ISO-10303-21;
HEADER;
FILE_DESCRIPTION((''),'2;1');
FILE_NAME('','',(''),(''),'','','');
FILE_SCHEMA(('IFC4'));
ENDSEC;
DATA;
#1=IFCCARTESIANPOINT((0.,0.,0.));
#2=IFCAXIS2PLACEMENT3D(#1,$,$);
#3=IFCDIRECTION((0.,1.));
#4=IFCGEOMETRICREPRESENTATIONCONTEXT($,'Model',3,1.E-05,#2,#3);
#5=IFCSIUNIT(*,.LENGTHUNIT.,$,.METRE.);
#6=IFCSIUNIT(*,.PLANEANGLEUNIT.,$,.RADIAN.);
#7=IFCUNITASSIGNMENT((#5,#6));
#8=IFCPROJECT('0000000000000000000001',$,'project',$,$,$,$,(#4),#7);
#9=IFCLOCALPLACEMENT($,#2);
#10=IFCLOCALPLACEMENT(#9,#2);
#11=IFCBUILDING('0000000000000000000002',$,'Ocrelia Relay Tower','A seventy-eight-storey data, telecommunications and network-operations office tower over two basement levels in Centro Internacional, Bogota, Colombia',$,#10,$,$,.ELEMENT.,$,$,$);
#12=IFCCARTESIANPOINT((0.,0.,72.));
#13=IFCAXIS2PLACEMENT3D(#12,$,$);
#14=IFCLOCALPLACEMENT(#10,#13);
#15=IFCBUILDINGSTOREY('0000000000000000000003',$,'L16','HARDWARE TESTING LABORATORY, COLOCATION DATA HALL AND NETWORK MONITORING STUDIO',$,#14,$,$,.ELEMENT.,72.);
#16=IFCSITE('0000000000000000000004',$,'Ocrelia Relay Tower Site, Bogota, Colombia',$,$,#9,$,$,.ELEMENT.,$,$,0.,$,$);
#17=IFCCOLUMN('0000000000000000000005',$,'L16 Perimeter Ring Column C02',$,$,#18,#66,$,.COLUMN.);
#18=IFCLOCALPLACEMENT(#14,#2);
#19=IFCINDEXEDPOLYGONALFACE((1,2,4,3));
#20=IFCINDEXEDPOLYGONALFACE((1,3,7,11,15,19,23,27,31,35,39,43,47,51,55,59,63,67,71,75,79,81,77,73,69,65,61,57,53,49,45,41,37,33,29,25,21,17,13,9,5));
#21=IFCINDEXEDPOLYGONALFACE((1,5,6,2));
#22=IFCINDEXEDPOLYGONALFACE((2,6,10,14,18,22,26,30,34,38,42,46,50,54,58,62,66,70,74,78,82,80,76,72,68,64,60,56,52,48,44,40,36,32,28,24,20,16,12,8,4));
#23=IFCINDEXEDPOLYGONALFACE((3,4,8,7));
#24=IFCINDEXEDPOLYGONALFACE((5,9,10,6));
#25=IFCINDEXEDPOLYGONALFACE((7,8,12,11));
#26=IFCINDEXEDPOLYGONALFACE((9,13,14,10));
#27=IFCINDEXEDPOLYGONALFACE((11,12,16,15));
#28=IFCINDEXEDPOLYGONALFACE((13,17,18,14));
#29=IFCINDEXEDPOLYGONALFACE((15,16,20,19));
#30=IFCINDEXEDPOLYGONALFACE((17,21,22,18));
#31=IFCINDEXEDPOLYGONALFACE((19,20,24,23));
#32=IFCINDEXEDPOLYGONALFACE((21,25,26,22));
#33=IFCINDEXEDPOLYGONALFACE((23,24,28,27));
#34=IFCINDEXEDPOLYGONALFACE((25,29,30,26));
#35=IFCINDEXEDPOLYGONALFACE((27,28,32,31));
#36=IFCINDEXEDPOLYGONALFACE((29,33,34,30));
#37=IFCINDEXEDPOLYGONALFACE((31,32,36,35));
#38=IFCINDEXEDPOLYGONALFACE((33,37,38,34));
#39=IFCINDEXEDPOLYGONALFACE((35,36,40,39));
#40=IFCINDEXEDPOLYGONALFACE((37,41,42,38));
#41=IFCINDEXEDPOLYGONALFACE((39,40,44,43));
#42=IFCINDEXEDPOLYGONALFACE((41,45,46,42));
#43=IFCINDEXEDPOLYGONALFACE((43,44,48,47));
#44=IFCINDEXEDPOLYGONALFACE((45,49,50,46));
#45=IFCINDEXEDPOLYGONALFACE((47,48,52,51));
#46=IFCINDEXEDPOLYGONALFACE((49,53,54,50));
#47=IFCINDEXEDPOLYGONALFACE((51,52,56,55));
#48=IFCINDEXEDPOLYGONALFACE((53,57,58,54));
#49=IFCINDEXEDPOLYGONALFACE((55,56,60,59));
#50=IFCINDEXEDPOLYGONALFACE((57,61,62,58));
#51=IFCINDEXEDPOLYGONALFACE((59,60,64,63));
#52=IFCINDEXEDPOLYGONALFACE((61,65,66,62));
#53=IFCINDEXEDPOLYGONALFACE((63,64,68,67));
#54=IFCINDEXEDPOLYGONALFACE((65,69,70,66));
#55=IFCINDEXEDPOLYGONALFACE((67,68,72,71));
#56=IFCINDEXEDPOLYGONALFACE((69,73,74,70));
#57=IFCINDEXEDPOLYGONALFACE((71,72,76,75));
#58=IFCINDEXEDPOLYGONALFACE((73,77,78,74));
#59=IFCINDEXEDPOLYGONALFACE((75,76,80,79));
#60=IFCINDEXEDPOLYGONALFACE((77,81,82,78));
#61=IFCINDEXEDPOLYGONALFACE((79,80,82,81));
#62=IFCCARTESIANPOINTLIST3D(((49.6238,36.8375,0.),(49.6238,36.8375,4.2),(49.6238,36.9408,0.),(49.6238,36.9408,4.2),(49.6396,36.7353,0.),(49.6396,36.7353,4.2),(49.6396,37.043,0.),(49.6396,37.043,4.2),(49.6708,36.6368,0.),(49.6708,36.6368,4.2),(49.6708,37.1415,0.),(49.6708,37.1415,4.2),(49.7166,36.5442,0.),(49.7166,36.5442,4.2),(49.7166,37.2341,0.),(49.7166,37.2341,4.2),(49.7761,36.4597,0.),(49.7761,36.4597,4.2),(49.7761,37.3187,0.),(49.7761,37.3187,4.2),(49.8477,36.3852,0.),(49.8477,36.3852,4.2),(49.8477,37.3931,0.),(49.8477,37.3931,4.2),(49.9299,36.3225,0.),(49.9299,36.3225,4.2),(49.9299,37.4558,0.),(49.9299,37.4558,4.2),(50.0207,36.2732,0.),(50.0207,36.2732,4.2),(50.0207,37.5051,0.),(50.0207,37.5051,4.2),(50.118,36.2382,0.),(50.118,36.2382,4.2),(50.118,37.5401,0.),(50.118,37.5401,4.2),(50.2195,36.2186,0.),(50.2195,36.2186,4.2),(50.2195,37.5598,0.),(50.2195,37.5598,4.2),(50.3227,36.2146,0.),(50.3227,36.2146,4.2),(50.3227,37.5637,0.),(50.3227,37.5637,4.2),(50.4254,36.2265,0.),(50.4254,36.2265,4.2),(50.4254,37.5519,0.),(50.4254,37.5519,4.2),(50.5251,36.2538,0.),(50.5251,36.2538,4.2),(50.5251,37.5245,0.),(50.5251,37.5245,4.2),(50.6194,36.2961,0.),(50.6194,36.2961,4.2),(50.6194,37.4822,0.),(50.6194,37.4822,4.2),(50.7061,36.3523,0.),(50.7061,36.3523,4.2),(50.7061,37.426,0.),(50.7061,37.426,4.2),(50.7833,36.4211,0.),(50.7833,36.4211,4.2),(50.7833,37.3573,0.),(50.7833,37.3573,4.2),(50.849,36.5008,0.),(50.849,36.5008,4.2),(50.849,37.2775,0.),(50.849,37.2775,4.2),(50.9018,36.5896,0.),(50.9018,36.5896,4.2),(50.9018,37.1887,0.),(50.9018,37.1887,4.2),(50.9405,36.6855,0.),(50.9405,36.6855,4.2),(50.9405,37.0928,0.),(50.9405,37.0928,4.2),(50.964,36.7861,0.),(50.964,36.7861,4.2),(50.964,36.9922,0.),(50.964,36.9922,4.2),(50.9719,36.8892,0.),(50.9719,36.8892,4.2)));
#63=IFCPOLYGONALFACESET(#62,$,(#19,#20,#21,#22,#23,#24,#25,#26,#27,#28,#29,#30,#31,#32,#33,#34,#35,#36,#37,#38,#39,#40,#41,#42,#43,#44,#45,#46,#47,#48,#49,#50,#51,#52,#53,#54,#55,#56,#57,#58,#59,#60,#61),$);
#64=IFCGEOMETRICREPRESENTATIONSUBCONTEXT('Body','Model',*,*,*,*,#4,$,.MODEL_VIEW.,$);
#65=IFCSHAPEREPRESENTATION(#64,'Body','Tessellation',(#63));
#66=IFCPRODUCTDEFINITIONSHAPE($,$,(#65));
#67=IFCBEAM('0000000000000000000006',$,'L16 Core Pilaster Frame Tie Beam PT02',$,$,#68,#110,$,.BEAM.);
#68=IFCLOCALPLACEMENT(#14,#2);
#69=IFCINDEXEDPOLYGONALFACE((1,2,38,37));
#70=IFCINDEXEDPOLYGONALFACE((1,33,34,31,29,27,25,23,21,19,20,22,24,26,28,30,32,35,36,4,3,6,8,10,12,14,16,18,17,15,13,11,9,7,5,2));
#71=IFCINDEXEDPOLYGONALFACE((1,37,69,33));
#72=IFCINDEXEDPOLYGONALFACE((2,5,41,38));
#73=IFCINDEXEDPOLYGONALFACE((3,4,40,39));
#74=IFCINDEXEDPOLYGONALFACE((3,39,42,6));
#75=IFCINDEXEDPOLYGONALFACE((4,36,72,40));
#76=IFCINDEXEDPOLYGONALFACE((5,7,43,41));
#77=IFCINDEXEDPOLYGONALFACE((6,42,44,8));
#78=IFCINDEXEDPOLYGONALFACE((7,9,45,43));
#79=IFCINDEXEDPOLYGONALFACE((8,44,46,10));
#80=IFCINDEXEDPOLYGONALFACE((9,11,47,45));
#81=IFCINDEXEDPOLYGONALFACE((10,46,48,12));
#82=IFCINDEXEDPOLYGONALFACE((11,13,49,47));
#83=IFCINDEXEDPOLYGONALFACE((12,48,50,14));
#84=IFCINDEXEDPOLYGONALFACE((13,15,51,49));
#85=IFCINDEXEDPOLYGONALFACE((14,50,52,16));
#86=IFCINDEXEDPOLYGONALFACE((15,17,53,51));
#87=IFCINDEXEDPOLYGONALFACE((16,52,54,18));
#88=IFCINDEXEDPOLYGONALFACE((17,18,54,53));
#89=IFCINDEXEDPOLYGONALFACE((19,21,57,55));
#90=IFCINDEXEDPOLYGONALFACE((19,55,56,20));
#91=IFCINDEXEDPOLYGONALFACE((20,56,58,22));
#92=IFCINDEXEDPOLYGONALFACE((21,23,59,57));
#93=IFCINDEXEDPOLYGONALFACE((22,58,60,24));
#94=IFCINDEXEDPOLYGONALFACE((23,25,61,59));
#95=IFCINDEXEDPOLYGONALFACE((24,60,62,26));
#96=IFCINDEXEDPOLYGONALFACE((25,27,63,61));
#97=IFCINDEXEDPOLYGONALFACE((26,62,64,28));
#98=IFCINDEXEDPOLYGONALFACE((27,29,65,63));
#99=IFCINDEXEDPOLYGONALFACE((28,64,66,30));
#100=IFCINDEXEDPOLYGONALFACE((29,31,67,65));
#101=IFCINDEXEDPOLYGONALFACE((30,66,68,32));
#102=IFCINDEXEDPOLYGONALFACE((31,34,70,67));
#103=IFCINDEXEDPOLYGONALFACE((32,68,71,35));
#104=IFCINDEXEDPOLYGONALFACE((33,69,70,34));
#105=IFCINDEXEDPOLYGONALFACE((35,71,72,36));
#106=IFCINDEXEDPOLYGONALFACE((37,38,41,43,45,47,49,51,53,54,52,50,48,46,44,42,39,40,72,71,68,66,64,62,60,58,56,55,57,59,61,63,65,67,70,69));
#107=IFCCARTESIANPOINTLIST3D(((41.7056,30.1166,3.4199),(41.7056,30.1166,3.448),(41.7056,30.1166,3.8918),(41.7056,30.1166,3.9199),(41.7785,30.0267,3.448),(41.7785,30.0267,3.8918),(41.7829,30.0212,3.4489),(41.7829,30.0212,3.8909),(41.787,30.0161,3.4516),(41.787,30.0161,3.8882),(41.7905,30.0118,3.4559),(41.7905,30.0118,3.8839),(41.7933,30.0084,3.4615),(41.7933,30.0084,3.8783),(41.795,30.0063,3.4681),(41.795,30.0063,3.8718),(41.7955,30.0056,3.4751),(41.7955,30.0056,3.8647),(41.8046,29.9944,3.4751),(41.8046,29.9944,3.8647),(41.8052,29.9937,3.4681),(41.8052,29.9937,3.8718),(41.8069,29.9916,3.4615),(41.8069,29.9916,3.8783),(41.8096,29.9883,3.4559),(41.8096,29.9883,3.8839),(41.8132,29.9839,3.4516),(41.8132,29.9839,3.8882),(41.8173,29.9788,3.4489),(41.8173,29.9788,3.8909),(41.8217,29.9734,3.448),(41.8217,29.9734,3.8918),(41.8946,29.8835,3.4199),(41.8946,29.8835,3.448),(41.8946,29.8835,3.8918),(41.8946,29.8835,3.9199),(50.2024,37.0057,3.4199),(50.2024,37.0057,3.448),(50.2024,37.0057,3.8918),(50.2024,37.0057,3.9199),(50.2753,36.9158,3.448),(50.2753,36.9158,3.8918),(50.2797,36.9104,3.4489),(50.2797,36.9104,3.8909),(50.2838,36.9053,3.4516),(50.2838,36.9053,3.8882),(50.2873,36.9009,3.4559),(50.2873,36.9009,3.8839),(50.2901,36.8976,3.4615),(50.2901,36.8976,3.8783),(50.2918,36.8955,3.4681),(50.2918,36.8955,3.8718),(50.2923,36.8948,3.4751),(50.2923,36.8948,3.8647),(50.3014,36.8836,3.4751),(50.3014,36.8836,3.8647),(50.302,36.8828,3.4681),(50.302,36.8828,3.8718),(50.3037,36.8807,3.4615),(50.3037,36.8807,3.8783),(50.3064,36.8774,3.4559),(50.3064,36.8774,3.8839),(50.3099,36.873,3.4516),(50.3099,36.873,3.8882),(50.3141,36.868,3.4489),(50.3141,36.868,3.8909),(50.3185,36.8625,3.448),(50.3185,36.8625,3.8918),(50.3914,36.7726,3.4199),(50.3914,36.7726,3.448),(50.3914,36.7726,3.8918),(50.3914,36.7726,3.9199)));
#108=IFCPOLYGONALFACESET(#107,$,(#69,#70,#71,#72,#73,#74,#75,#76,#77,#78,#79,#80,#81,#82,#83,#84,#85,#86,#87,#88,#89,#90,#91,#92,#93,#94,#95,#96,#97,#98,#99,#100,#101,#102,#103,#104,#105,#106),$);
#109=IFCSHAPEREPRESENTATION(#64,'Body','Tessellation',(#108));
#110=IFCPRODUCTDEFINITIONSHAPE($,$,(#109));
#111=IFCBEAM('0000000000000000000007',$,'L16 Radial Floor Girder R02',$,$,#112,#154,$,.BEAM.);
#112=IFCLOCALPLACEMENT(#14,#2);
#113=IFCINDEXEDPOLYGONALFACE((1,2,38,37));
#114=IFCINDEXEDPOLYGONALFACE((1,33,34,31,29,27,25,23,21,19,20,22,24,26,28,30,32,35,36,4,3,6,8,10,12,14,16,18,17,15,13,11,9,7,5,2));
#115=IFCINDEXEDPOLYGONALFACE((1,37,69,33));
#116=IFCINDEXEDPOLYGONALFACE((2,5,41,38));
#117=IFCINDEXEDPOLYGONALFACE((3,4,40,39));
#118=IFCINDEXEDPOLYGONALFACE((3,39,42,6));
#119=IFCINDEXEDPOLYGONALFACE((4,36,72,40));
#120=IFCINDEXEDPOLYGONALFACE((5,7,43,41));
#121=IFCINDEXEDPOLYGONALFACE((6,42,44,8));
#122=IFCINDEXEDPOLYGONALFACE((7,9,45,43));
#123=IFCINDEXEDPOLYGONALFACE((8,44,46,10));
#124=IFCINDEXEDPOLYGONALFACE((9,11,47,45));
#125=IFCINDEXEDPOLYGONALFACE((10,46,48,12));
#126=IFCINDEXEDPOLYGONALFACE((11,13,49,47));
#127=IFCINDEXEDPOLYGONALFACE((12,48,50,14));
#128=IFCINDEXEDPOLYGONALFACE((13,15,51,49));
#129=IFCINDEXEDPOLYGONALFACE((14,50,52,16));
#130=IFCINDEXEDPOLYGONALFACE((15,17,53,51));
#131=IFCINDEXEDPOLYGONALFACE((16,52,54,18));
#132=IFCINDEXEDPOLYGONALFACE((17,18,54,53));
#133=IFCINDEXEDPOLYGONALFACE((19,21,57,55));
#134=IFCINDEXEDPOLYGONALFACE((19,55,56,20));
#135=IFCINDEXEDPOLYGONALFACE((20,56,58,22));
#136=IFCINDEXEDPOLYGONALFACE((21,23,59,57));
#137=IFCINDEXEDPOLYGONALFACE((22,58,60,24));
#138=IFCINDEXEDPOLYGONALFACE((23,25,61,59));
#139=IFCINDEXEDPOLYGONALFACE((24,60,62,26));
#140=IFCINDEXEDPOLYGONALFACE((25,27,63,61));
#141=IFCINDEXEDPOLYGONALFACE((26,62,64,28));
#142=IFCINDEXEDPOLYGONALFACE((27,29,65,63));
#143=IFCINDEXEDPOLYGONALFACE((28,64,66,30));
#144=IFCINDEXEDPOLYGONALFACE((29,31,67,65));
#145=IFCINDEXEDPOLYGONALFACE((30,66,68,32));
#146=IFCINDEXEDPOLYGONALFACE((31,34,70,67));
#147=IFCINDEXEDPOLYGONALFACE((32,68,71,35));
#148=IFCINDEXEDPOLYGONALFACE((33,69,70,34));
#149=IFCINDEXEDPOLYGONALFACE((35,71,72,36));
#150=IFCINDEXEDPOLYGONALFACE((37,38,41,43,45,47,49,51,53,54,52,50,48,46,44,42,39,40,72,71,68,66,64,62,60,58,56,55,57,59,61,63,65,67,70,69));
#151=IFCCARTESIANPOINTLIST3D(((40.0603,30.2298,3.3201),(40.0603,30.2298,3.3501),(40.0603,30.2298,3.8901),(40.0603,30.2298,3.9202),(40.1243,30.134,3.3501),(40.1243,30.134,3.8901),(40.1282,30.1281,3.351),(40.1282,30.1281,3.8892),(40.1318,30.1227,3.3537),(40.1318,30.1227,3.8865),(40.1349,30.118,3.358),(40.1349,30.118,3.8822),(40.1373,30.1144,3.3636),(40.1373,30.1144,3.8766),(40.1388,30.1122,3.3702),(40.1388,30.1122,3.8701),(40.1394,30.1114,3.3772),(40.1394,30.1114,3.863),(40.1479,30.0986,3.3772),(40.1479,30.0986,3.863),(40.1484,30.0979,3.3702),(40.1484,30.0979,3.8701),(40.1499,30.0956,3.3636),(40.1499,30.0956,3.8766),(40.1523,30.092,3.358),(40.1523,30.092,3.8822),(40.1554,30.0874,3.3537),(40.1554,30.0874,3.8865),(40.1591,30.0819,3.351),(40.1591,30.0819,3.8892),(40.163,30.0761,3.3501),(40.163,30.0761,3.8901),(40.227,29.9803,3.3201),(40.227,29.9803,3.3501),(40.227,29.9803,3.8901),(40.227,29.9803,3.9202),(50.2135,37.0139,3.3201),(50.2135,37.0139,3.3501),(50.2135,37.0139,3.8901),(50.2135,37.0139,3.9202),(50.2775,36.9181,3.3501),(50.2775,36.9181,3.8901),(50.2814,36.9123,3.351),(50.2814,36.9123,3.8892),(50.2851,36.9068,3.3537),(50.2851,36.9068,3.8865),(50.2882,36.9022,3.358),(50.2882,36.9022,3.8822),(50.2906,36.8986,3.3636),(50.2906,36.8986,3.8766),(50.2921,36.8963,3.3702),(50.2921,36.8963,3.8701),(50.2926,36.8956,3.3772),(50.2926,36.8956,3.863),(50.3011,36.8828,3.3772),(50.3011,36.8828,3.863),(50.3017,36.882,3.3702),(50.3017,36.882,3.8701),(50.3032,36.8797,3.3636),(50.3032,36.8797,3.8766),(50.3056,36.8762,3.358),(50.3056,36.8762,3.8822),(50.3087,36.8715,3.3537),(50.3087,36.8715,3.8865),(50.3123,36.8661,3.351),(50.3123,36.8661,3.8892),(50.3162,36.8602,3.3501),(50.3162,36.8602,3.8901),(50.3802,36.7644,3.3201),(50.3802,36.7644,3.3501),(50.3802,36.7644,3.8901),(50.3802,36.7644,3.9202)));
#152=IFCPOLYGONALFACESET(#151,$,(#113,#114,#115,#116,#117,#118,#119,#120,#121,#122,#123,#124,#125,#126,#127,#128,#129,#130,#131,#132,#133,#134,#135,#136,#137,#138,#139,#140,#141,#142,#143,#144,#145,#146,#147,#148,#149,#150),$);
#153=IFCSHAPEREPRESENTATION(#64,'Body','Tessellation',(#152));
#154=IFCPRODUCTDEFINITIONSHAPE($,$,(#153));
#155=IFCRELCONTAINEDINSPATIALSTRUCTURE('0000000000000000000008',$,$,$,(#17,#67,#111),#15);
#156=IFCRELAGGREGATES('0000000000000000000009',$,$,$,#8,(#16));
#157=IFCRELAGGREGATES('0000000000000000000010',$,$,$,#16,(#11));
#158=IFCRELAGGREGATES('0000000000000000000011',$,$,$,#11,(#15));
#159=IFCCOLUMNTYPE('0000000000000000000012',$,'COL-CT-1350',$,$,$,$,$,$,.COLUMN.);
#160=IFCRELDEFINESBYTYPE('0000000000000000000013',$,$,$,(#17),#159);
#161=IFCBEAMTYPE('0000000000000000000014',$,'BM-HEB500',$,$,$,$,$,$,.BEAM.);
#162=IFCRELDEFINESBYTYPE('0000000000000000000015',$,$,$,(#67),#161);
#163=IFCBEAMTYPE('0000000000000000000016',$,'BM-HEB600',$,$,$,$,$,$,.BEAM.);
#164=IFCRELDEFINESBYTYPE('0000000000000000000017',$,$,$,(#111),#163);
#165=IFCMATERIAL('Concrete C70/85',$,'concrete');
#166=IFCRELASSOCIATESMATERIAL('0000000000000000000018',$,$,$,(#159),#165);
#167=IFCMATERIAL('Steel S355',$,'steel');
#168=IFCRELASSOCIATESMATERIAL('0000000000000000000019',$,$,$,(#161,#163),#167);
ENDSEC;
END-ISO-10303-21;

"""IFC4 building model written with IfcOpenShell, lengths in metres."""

from ifc_helpers import new_model, si_unit, direction, frame, origin, origin_2d, place, context, subcontext, project, spatial, circle, i_section, extrude, material, material_profile, profile_set, type_object, element, save


model = new_model("IFC4")

# Units and contexts
model_context = context("Model", 3, precision=1e-05, world=origin(), true_north=direction((0.0, 1.0)))
body_context = subcontext(model_context, "Body", "Model", "MODEL_VIEW")
ifc_project = project(units=[si_unit("LENGTHUNIT", "METRE"), si_unit("PLANEANGLEUNIT", "RADIAN")], contexts=[model_context])

# Site, building, storey
site_placement = place(None, origin())
site = spatial("IfcSite", under=ifc_project, at=site_placement, Name="Ocrelia Relay Tower Site, Bogota, Colombia", CompositionType="ELEMENT", RefElevation=0.0)
building_placement = place(site_placement, origin())
building = spatial("IfcBuilding", under=site, at=building_placement, Name="Ocrelia Relay Tower", Description="A seventy-eight-storey data, telecommunications and network-operations office tower over two basement levels in Centro Internacional, Bogota, Colombia", CompositionType="ELEMENT")
storey_placement = place(building_placement, frame((0.0, 0.0, 72.0)))
storey = spatial("IfcBuildingStorey", under=building, at=storey_placement, Name="L16", Description="HARDWARE TESTING LABORATORY, COLOCATION DATA HALL AND NETWORK MONITORING STUDIO", CompositionType="ELEMENT", Elevation=72.0)

# Column
ifc_material_1 = material(Name="Concrete C70/85", Category="concrete")
ifc_material_profile_1 = material_profile(ifc_material_1, circle(Radius=0.675, at=origin_2d()), Name="RC-CIR-1350")
ifc_profile_set_1 = profile_set([ifc_material_profile_1], Name="Concrete C70/85")
column_type = type_object("IfcColumnType", Name="COL-CT-1350", PredefinedType="COLUMN", material=ifc_profile_set_1)
column_placement = place(storey_placement, frame((50.2969, 36.8892, 0.0), z_axis=(0.0, 0.0, 1.0), x_axis=(1.0, 0.0, 0.0)))
element("IfcColumn", 1, at=column_placement, inside=storey, type_object=column_type, Name="L16 Perimeter Ring Column C02", PredefinedType="COLUMN", context=body_context, shape_type="SweptSolid", body=[
    extrude(circle(Radius=0.675, at=origin_2d()), origin(), (0.0, 0.0, 1.0), 4.2),
])

# Beams
ifc_material_2 = material(Name="Steel S355", Category="steel")
ifc_material_profile_2 = material_profile(ifc_material_2, i_section(OverallWidth=0.3, OverallDepth=0.5, WebThickness=0.0144, FlangeThickness=0.0281, FilletRadius=0.0271, at=origin_2d()), Name="HEB 500")
ifc_profile_set_2 = profile_set([ifc_material_profile_2], Name="Steel S355")
beam_type_1 = type_object("IfcBeamType", Name="BM-HEB500", PredefinedType="BEAM", material=ifc_profile_set_2)
beam_1_placement = place(storey_placement, frame((50.2969, 36.8892, 3.6699), z_axis=(-0.776763, -0.629793, 0.0), x_axis=(0.629793, -0.776763, 0.0)))
element("IfcBeam", 2, at=beam_1_placement, inside=storey, type_object=beam_type_1, Name="L16 Core Pilaster Frame Tie Beam PT02", PredefinedType="BEAM", context=body_context, shape_type="SweptSolid", body=[
    extrude(i_section(OverallWidth=0.3, OverallDepth=0.5, WebThickness=0.0144, FlangeThickness=0.0281, FilletRadius=0.0271, at=origin_2d()), origin(), (0.0, 0.0, 1.0), 10.9387),
])
ifc_material_profile_3 = material_profile(ifc_material_2, i_section(OverallWidth=0.3, OverallDepth=0.6001, WebThickness=0.0154, FlangeThickness=0.03, FilletRadius=0.0271, at=origin_2d()), Name="HEB 600")
ifc_profile_set_3 = profile_set([ifc_material_profile_3], Name="Steel S355")
beam_type_2 = type_object("IfcBeamType", Name="BM-HEB600", PredefinedType="BEAM", material=ifc_profile_set_3)
beam_2_placement = place(storey_placement, frame((50.2969, 36.8892, 3.6201), z_axis=(-0.831472, -0.555567, 0.0), x_axis=(0.555567, -0.831472, 0.0)))
element("IfcBeam", 3, at=beam_2_placement, inside=storey, type_object=beam_type_2, Name="L16 Radial Floor Girder R02", PredefinedType="BEAM", context=body_context, shape_type="SweptSolid", body=[
    extrude(i_section(OverallWidth=0.3, OverallDepth=0.6001, WebThickness=0.0154, FlangeThickness=0.03, FilletRadius=0.0271, at=origin_2d()), origin(), (0.0, 0.0, 1.0), 12.2112),
])

save(model, "model.ifc")
